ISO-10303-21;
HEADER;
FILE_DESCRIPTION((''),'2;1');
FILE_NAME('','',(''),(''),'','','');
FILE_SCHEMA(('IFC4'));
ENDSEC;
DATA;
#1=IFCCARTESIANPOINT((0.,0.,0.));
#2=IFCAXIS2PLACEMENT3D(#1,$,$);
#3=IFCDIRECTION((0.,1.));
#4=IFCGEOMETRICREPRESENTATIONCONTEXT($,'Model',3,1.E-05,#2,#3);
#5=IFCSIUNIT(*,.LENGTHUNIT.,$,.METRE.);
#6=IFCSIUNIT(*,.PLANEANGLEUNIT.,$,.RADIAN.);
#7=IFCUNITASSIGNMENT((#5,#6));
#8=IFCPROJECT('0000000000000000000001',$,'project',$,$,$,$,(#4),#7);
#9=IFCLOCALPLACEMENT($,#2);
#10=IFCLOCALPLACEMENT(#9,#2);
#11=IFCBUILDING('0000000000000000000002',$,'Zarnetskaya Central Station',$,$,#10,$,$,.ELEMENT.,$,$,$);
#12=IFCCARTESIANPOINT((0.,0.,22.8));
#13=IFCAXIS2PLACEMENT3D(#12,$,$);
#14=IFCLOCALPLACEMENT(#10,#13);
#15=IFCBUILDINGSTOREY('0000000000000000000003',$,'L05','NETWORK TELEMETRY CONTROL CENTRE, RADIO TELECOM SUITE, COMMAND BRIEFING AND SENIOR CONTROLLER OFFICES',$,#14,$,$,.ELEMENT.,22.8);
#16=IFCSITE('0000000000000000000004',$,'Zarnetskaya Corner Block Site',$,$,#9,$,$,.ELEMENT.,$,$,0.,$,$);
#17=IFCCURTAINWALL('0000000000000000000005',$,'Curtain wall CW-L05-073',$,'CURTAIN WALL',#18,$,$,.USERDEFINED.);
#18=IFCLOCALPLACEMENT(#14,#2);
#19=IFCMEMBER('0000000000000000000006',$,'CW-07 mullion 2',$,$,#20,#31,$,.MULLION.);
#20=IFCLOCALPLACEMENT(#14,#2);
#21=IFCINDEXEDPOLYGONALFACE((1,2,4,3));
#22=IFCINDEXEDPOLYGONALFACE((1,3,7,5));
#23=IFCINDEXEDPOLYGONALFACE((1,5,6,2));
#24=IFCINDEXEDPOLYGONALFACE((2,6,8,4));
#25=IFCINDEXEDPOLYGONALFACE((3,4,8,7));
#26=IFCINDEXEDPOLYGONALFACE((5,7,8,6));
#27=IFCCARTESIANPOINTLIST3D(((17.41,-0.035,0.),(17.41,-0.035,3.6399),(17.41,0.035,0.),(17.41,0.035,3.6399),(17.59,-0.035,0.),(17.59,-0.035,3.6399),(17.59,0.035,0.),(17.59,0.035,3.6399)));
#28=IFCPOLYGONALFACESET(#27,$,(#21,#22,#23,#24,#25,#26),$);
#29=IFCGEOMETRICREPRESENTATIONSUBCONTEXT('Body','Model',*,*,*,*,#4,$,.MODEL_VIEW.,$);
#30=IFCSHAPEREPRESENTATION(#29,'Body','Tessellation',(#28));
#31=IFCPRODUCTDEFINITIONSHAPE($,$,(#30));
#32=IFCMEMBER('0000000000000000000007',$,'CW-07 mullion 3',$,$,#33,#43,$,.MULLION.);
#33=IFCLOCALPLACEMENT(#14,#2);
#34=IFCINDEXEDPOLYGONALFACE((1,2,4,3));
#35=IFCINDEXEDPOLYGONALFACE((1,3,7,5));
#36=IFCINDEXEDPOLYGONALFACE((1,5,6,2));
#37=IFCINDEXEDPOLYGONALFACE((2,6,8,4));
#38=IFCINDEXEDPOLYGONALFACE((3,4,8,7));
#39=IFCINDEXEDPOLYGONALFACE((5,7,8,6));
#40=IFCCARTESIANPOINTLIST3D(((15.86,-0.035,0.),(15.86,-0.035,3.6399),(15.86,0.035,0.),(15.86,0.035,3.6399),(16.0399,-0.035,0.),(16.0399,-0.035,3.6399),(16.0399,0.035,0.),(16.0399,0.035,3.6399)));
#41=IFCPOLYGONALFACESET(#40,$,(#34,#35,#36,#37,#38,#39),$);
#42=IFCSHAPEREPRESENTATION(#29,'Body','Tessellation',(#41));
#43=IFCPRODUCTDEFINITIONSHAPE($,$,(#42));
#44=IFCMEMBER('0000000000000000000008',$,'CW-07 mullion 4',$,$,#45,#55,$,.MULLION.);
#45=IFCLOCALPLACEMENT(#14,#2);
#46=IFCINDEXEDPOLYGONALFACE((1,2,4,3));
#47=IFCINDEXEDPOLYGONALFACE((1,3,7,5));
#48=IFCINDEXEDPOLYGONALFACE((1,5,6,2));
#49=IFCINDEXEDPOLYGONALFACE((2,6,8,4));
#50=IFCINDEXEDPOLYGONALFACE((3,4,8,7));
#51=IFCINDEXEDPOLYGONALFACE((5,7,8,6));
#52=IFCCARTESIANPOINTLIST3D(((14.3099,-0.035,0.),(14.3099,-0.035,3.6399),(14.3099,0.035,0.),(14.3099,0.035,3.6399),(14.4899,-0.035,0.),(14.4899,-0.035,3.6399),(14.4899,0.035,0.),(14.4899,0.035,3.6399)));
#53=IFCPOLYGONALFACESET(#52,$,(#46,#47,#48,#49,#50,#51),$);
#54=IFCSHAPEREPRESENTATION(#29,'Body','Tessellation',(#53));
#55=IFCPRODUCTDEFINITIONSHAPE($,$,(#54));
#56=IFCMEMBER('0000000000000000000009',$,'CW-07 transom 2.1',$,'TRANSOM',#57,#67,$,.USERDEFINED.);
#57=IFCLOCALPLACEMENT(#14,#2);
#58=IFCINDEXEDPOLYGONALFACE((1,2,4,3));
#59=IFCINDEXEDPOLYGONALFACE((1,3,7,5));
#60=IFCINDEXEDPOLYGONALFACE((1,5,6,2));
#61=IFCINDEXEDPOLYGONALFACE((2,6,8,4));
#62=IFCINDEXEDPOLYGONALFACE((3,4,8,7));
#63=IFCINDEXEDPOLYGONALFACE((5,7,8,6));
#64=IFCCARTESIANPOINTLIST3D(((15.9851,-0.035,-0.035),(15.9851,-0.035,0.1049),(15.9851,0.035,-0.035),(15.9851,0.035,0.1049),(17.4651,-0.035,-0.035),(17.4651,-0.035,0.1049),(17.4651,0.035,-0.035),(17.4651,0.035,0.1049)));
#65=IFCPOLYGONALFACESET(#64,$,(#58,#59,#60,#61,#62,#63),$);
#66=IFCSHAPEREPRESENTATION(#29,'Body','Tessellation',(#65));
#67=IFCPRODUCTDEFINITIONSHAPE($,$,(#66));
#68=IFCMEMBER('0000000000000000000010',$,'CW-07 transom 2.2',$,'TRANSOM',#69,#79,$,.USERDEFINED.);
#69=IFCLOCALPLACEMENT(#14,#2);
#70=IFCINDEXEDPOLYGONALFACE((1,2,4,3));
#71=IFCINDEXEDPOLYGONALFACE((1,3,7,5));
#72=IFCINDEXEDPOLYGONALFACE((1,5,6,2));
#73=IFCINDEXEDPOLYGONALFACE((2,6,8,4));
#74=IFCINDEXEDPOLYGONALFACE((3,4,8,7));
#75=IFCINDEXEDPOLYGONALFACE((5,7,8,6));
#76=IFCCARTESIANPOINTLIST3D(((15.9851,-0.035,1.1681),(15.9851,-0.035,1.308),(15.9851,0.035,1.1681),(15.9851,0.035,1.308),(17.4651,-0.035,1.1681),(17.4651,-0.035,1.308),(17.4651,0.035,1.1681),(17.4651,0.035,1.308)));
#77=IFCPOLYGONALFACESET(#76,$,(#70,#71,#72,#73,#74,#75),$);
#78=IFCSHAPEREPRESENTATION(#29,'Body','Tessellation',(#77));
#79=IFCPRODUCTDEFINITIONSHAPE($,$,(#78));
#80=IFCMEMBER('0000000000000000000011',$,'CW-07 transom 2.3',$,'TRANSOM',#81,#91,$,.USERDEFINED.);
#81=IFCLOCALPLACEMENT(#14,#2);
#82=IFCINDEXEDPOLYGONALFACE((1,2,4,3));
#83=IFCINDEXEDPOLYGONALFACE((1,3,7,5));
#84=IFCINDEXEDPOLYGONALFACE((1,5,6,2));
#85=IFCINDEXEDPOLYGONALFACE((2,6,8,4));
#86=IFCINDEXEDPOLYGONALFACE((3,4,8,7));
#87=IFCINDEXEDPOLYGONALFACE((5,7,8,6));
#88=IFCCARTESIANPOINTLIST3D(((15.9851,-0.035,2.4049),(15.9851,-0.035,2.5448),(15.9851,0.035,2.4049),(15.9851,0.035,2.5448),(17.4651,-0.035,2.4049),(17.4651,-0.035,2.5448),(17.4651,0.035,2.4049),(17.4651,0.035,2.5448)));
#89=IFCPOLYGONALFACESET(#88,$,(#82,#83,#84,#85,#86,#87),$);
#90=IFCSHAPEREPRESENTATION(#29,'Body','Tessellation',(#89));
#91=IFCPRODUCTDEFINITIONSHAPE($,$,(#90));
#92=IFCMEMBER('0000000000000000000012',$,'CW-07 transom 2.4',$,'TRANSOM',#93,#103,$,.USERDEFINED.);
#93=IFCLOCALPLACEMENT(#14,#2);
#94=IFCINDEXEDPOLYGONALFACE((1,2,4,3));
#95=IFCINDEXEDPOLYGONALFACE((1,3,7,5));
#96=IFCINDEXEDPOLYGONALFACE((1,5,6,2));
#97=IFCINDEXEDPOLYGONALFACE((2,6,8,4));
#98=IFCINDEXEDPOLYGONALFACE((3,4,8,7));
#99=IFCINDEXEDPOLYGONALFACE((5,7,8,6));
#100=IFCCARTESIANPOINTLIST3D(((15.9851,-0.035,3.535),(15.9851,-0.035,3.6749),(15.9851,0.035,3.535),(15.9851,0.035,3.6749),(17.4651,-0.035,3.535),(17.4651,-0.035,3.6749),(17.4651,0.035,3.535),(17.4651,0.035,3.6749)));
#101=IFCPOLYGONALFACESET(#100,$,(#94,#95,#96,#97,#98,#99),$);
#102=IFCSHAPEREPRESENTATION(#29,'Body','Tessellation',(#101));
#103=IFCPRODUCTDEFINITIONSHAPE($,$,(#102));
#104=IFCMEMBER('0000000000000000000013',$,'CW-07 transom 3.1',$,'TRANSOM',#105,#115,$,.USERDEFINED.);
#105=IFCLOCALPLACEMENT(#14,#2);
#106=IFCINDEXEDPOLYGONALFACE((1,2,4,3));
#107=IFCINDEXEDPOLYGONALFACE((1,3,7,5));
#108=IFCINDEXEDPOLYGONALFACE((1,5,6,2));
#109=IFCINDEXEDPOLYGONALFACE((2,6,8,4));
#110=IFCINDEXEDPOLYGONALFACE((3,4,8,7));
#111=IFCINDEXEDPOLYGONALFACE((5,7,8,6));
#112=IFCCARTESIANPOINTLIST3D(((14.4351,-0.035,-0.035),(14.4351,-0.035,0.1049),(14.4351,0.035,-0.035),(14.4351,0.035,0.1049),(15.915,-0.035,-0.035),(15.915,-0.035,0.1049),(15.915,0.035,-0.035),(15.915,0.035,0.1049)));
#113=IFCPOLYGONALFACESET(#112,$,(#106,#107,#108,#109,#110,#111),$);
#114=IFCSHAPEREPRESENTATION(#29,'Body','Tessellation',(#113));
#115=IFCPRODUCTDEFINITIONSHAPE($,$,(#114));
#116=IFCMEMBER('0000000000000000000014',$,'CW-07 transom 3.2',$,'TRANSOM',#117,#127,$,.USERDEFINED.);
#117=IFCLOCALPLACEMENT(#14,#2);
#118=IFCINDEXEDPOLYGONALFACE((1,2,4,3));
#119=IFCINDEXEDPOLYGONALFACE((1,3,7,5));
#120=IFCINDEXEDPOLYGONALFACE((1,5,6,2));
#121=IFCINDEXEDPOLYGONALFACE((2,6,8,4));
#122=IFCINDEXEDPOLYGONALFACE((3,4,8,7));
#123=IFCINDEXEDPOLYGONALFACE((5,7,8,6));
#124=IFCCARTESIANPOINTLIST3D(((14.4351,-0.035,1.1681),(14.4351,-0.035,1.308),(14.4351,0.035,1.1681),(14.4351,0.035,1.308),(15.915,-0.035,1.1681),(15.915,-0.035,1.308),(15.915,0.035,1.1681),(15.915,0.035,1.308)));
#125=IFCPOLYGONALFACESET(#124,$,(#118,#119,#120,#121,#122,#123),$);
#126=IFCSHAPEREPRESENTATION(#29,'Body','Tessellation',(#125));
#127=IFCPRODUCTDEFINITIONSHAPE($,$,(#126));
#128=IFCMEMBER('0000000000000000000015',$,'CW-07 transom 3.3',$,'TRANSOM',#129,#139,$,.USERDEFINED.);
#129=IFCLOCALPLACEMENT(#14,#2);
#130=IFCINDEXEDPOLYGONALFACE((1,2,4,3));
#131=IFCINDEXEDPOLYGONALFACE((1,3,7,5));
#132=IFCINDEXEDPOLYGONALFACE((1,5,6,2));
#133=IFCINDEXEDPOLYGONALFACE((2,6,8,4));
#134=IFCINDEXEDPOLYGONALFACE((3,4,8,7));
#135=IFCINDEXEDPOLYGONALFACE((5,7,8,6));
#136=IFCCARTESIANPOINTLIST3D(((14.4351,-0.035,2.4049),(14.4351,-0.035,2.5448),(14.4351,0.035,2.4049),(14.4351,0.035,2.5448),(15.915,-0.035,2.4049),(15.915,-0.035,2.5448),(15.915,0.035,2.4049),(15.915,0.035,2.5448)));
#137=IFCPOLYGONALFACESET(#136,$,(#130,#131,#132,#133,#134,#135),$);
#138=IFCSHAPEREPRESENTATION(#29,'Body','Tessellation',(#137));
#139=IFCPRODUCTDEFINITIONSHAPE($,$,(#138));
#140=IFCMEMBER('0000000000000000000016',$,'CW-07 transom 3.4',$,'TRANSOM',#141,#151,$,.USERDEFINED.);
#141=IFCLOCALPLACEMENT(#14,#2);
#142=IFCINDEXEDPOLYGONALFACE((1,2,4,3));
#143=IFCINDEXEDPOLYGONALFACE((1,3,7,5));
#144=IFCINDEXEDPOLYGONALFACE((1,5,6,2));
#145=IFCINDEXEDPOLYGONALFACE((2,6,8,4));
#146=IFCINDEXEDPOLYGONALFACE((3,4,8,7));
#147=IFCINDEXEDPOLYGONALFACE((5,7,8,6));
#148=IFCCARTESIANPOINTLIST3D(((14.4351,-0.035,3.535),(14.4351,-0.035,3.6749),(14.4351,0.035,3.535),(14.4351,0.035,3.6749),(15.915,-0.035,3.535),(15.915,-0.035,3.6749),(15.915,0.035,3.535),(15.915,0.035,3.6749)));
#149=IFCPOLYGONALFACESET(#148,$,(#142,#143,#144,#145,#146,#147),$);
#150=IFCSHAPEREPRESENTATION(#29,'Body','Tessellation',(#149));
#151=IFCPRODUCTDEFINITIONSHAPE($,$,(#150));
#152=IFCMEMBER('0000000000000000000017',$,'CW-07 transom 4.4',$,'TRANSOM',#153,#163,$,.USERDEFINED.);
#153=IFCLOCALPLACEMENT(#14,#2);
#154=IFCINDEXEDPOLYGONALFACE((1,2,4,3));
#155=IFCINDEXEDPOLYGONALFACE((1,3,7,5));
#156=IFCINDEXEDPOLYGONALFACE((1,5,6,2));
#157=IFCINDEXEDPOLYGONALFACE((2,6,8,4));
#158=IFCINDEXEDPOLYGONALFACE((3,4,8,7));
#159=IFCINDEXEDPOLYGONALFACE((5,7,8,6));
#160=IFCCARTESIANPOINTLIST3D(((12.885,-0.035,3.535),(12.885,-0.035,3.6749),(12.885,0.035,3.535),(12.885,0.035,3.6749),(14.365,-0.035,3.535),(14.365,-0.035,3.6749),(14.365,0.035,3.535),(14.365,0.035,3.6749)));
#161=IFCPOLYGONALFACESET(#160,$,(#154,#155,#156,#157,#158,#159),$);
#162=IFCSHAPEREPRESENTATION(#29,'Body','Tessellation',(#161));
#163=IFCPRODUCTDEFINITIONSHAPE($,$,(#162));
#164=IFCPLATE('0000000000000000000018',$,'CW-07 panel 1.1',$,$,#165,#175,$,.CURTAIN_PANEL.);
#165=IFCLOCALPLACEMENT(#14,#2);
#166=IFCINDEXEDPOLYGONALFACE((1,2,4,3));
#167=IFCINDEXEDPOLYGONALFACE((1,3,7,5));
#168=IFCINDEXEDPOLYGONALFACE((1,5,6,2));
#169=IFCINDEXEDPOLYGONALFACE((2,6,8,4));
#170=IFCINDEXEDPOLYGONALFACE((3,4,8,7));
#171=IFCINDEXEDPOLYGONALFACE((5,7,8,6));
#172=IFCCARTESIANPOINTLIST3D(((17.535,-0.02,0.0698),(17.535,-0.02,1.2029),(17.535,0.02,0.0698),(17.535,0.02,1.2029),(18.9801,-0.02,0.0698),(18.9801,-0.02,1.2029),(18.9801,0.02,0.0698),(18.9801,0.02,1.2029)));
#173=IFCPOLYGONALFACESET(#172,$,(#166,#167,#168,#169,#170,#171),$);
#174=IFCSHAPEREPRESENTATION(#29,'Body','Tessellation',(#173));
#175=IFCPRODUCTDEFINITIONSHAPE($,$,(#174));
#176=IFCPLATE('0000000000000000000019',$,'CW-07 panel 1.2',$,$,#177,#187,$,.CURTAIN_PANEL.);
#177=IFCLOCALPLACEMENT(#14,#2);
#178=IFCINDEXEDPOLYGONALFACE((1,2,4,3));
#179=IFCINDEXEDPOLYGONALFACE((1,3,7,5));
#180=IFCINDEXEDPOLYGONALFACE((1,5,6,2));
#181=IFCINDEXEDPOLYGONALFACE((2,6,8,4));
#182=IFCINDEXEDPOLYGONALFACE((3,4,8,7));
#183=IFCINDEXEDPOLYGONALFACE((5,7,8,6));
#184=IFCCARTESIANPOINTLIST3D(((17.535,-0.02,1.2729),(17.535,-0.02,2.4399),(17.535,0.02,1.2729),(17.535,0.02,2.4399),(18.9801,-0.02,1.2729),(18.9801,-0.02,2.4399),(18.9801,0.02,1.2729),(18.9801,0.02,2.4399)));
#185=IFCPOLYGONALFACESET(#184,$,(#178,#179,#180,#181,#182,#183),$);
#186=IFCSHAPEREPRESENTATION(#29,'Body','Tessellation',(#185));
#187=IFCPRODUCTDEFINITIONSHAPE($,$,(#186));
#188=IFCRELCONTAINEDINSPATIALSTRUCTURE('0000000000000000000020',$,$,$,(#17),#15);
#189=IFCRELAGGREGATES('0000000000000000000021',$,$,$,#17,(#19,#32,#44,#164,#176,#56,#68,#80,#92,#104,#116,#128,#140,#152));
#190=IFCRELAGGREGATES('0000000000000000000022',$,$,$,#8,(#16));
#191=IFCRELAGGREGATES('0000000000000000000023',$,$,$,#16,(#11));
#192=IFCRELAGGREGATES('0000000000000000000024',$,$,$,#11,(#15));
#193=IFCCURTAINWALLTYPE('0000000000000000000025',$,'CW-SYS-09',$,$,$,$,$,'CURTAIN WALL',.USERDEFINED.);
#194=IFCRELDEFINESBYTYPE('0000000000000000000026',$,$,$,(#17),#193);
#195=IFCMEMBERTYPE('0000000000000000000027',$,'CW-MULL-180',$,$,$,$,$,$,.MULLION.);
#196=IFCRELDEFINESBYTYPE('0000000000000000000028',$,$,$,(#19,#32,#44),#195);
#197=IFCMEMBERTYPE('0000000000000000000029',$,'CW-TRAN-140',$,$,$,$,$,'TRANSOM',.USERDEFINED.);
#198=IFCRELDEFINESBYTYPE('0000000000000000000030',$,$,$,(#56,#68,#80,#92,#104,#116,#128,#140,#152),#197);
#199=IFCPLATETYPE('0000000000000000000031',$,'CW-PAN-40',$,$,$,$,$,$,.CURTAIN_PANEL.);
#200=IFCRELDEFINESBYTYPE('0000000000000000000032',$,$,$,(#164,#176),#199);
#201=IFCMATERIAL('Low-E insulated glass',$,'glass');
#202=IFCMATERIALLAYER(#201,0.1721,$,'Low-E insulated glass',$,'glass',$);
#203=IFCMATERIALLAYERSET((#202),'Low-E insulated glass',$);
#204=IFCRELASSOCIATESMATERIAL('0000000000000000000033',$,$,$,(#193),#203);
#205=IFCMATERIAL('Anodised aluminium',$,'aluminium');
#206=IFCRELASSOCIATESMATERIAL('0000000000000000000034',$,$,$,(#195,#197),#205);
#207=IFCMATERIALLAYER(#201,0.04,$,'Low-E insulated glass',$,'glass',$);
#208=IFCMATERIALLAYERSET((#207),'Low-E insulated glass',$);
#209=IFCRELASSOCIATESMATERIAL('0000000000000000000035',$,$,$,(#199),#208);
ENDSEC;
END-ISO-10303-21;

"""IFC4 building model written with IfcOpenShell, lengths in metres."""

from ifc_helpers import new_model, si_unit, direction, frame, origin, origin_2d, place, context, subcontext, project, spatial, rectangle, extrude, material, layer, layer_set, material_profile, profile_set, type_object, element, aggregate, save


model = new_model("IFC4")

# Units and contexts
model_context = context("Model", 3, precision=1e-05, world=origin(), true_north=direction((0.0, 1.0)))
body_context = subcontext(model_context, "Body", "Model", "MODEL_VIEW")
ifc_project = project(units=[si_unit("LENGTHUNIT", "METRE"), si_unit("PLANEANGLEUNIT", "RADIAN")], contexts=[model_context])

# Site, building, storey
site_placement = place(None, origin())
site = spatial("IfcSite", under=ifc_project, at=site_placement, Name="Zarnetskaya Corner Block Site", CompositionType="ELEMENT", RefElevation=0.0)
building_placement = place(site_placement, origin())
building = spatial("IfcBuilding", under=site, at=building_placement, Name="Zarnetskaya Central Station", CompositionType="ELEMENT")
storey_placement = place(building_placement, frame((0.0, 0.0, 22.8)))
storey = spatial("IfcBuildingStorey", under=building, at=storey_placement, Name="L05", Description="NETWORK TELEMETRY CONTROL CENTRE, RADIO TELECOM SUITE, COMMAND BRIEFING AND SENIOR CONTROLLER OFFICES", CompositionType="ELEMENT", Elevation=22.8)

# Curtain wall, members, plates
ifc_material_1 = material(Name="Low-E insulated glass", Category="glass")
ifc_layer_1 = layer(ifc_material_1, 0.1721, Name="Low-E insulated glass", Category="glass")
ifc_layer_set_1 = layer_set([ifc_layer_1], Name="Low-E insulated glass")
curtain_wall_type = type_object("IfcCurtainWallType", Name="CW-SYS-09", ElementType="CURTAIN WALL", PredefinedType="USERDEFINED", material=ifc_layer_set_1)
curtain_wall_placement = place(storey_placement, origin())
curtain_wall = element("IfcCurtainWall", 1, at=curtain_wall_placement, inside=storey, type_object=curtain_wall_type, Name="Curtain wall CW-L05-073", ObjectType="CURTAIN WALL", PredefinedType="USERDEFINED")
ifc_material_2 = material(Name="Anodised aluminium", Category="aluminium")
ifc_material_profile_1 = material_profile(ifc_material_2, rectangle(XDim=0.0701, YDim=0.1799, at=origin_2d()), Name="ALU MULL 70x180")
ifc_profile_set_1 = profile_set([ifc_material_profile_1], Name="Anodised aluminium")
member_type_1 = type_object("IfcMemberType", Name="CW-MULL-180", PredefinedType="MULLION", material=ifc_profile_set_1)
member_1_placement = place(storey_placement, frame((17.5, 0.0, 0.0), z_axis=(0.0, 0.0, 1.0), x_axis=(0.0, -1.0, 0.0)))
member_1 = element("IfcMember", 2, at=member_1_placement, type_object=member_type_1, Name="CW-07 mullion 2", PredefinedType="MULLION", context=body_context, shape_type="SweptSolid", body=[
    extrude(rectangle(XDim=0.0701, YDim=0.1799, at=origin_2d()), origin(), (0.0, 0.0, 1.0), 3.6399),
])
member_2_placement = place(storey_placement, frame((15.95, 0.0, 0.0), z_axis=(0.0, 0.0, 1.0), x_axis=(0.0, -1.0, 0.0)))
member_2 = element("IfcMember", 3, at=member_2_placement, type_object=member_type_1, Name="CW-07 mullion 3", PredefinedType="MULLION", context=body_context, shape_type="SweptSolid", body=[
    extrude(rectangle(XDim=0.0701, YDim=0.1799, at=origin_2d()), origin(), (0.0, 0.0, 1.0), 3.6399),
])
member_3_placement = place(storey_placement, frame((14.3999, 0.0, 0.0), z_axis=(0.0, 0.0, 1.0), x_axis=(0.0, -1.0, 0.0)))
member_3 = element("IfcMember", 4, at=member_3_placement, type_object=member_type_1, Name="CW-07 mullion 4", PredefinedType="MULLION", context=body_context, shape_type="SweptSolid", body=[
    extrude(rectangle(XDim=0.0701, YDim=0.1799, at=origin_2d()), origin(), (0.0, 0.0, 1.0), 3.6399),
])
ifc_material_profile_2 = material_profile(ifc_material_2, rectangle(XDim=0.0701, YDim=0.1399, at=origin_2d()), Name="ALU TRAN 70x140")
ifc_profile_set_2 = profile_set([ifc_material_profile_2], Name="Anodised aluminium")
member_type_2 = type_object("IfcMemberType", Name="CW-TRAN-140", ElementType="TRANSOM", PredefinedType="USERDEFINED", material=ifc_profile_set_2)
member_4_placement = place(storey_placement, frame((17.4651, 0.0, 0.0349), z_axis=(-1.0, 0.0, 0.0), x_axis=(0.0, -1.0, 0.0)))
member_4 = element("IfcMember", 5, at=member_4_placement, type_object=member_type_2, Name="CW-07 transom 2.1", ObjectType="TRANSOM", PredefinedType="USERDEFINED", context=body_context, shape_type="SweptSolid", body=[
    extrude(rectangle(XDim=0.0701, YDim=0.1399, at=origin_2d()), origin(), (0.0, 0.0, 1.0), 1.48),
])
member_5_placement = place(storey_placement, frame((17.4651, 0.0, 1.238), z_axis=(-1.0, 0.0, 0.0), x_axis=(0.0, -1.0, 0.0)))
member_5 = element("IfcMember", 6, at=member_5_placement, type_object=member_type_2, Name="CW-07 transom 2.2", ObjectType="TRANSOM", PredefinedType="USERDEFINED", context=body_context, shape_type="SweptSolid", body=[
    extrude(rectangle(XDim=0.0701, YDim=0.1399, at=origin_2d()), origin(), (0.0, 0.0, 1.0), 1.48),
])
member_6_placement = place(storey_placement, frame((17.4651, 0.0, 2.4749), z_axis=(-1.0, 0.0, 0.0), x_axis=(0.0, -1.0, 0.0)))
member_6 = element("IfcMember", 7, at=member_6_placement, type_object=member_type_2, Name="CW-07 transom 2.3", ObjectType="TRANSOM", PredefinedType="USERDEFINED", context=body_context, shape_type="SweptSolid", body=[
    extrude(rectangle(XDim=0.0701, YDim=0.1399, at=origin_2d()), origin(), (0.0, 0.0, 1.0), 1.48),
])
member_7_placement = place(storey_placement, frame((17.4651, 0.0, 3.605), z_axis=(-1.0, 0.0, 0.0), x_axis=(0.0, -1.0, 0.0)))
member_7 = element("IfcMember", 8, at=member_7_placement, type_object=member_type_2, Name="CW-07 transom 2.4", ObjectType="TRANSOM", PredefinedType="USERDEFINED", context=body_context, shape_type="SweptSolid", body=[
    extrude(rectangle(XDim=0.0701, YDim=0.1399, at=origin_2d()), origin(), (0.0, 0.0, 1.0), 1.48),
])
member_8_placement = place(storey_placement, frame((15.915, 0.0, 0.0349), z_axis=(-1.0, 0.0, 0.0), x_axis=(0.0, -1.0, 0.0)))
member_8 = element("IfcMember", 9, at=member_8_placement, type_object=member_type_2, Name="CW-07 transom 3.1", ObjectType="TRANSOM", PredefinedType="USERDEFINED", context=body_context, shape_type="SweptSolid", body=[
    extrude(rectangle(XDim=0.0701, YDim=0.1399, at=origin_2d()), origin(), (0.0, 0.0, 1.0), 1.48),
])
member_9_placement = place(storey_placement, frame((15.915, 0.0, 1.238), z_axis=(-1.0, 0.0, 0.0), x_axis=(0.0, -1.0, 0.0)))
member_9 = element("IfcMember", 10, at=member_9_placement, type_object=member_type_2, Name="CW-07 transom 3.2", ObjectType="TRANSOM", PredefinedType="USERDEFINED", context=body_context, shape_type="SweptSolid", body=[
    extrude(rectangle(XDim=0.0701, YDim=0.1399, at=origin_2d()), origin(), (0.0, 0.0, 1.0), 1.48),
])
member_10_placement = place(storey_placement, frame((15.915, 0.0, 2.4749), z_axis=(-1.0, 0.0, 0.0), x_axis=(0.0, -1.0, 0.0)))
member_10 = element("IfcMember", 11, at=member_10_placement, type_object=member_type_2, Name="CW-07 transom 3.3", ObjectType="TRANSOM", PredefinedType="USERDEFINED", context=body_context, shape_type="SweptSolid", body=[
    extrude(rectangle(XDim=0.0701, YDim=0.1399, at=origin_2d()), origin(), (0.0, 0.0, 1.0), 1.48),
])
member_11_placement = place(storey_placement, frame((15.915, 0.0, 3.605), z_axis=(-1.0, 0.0, 0.0), x_axis=(0.0, -1.0, 0.0)))
member_11 = element("IfcMember", 12, at=member_11_placement, type_object=member_type_2, Name="CW-07 transom 3.4", ObjectType="TRANSOM", PredefinedType="USERDEFINED", context=body_context, shape_type="SweptSolid", body=[
    extrude(rectangle(XDim=0.0701, YDim=0.1399, at=origin_2d()), origin(), (0.0, 0.0, 1.0), 1.48),
])
member_12_placement = place(storey_placement, frame((14.365, 0.0, 3.605), z_axis=(-1.0, 0.0, 0.0), x_axis=(0.0, -1.0, 0.0)))
member_12 = element("IfcMember", 13, at=member_12_placement, type_object=member_type_2, Name="CW-07 transom 4.4", ObjectType="TRANSOM", PredefinedType="USERDEFINED", context=body_context, shape_type="SweptSolid", body=[
    extrude(rectangle(XDim=0.0701, YDim=0.1399, at=origin_2d()), origin(), (0.0, 0.0, 1.0), 1.48),
])
ifc_layer_2 = layer(ifc_material_1, 0.04, Name="Low-E insulated glass", Category="glass")
ifc_layer_set_2 = layer_set([ifc_layer_2], Name="Low-E insulated glass")
plate_type = type_object("IfcPlateType", Name="CW-PAN-40", PredefinedType="CURTAIN_PANEL", material=ifc_layer_set_2)
plate_1_placement = place(storey_placement, frame((18.2576, 0.0, 0.0698), z_axis=(0.0, 0.0, 1.0), x_axis=(-1.0, 0.0, 0.0)))
plate_1 = element("IfcPlate", 14, at=plate_1_placement, type_object=plate_type, Name="CW-07 panel 1.1", PredefinedType="CURTAIN_PANEL", context=body_context, shape_type="SweptSolid", body=[
    extrude(rectangle(XDim=1.4451, YDim=0.04, at=origin_2d()), origin(), (0.0, 0.0, 1.0), 1.1331),
])
plate_2_placement = place(storey_placement, frame((18.2576, 0.0, 1.2729), z_axis=(0.0, 0.0, 1.0), x_axis=(-1.0, 0.0, 0.0)))
plate_2 = element("IfcPlate", 15, at=plate_2_placement, type_object=plate_type, Name="CW-07 panel 1.2", PredefinedType="CURTAIN_PANEL", context=body_context, shape_type="SweptSolid", body=[
    extrude(rectangle(XDim=1.4451, YDim=0.04, at=origin_2d()), origin(), (0.0, 0.0, 1.0), 1.167),
])
aggregate(curtain_wall, [member_1, member_2, member_3, plate_1, plate_2, member_4, member_5, member_6, member_7, member_8, member_9, member_10, member_11, member_12])

save(model, "model.ifc")
